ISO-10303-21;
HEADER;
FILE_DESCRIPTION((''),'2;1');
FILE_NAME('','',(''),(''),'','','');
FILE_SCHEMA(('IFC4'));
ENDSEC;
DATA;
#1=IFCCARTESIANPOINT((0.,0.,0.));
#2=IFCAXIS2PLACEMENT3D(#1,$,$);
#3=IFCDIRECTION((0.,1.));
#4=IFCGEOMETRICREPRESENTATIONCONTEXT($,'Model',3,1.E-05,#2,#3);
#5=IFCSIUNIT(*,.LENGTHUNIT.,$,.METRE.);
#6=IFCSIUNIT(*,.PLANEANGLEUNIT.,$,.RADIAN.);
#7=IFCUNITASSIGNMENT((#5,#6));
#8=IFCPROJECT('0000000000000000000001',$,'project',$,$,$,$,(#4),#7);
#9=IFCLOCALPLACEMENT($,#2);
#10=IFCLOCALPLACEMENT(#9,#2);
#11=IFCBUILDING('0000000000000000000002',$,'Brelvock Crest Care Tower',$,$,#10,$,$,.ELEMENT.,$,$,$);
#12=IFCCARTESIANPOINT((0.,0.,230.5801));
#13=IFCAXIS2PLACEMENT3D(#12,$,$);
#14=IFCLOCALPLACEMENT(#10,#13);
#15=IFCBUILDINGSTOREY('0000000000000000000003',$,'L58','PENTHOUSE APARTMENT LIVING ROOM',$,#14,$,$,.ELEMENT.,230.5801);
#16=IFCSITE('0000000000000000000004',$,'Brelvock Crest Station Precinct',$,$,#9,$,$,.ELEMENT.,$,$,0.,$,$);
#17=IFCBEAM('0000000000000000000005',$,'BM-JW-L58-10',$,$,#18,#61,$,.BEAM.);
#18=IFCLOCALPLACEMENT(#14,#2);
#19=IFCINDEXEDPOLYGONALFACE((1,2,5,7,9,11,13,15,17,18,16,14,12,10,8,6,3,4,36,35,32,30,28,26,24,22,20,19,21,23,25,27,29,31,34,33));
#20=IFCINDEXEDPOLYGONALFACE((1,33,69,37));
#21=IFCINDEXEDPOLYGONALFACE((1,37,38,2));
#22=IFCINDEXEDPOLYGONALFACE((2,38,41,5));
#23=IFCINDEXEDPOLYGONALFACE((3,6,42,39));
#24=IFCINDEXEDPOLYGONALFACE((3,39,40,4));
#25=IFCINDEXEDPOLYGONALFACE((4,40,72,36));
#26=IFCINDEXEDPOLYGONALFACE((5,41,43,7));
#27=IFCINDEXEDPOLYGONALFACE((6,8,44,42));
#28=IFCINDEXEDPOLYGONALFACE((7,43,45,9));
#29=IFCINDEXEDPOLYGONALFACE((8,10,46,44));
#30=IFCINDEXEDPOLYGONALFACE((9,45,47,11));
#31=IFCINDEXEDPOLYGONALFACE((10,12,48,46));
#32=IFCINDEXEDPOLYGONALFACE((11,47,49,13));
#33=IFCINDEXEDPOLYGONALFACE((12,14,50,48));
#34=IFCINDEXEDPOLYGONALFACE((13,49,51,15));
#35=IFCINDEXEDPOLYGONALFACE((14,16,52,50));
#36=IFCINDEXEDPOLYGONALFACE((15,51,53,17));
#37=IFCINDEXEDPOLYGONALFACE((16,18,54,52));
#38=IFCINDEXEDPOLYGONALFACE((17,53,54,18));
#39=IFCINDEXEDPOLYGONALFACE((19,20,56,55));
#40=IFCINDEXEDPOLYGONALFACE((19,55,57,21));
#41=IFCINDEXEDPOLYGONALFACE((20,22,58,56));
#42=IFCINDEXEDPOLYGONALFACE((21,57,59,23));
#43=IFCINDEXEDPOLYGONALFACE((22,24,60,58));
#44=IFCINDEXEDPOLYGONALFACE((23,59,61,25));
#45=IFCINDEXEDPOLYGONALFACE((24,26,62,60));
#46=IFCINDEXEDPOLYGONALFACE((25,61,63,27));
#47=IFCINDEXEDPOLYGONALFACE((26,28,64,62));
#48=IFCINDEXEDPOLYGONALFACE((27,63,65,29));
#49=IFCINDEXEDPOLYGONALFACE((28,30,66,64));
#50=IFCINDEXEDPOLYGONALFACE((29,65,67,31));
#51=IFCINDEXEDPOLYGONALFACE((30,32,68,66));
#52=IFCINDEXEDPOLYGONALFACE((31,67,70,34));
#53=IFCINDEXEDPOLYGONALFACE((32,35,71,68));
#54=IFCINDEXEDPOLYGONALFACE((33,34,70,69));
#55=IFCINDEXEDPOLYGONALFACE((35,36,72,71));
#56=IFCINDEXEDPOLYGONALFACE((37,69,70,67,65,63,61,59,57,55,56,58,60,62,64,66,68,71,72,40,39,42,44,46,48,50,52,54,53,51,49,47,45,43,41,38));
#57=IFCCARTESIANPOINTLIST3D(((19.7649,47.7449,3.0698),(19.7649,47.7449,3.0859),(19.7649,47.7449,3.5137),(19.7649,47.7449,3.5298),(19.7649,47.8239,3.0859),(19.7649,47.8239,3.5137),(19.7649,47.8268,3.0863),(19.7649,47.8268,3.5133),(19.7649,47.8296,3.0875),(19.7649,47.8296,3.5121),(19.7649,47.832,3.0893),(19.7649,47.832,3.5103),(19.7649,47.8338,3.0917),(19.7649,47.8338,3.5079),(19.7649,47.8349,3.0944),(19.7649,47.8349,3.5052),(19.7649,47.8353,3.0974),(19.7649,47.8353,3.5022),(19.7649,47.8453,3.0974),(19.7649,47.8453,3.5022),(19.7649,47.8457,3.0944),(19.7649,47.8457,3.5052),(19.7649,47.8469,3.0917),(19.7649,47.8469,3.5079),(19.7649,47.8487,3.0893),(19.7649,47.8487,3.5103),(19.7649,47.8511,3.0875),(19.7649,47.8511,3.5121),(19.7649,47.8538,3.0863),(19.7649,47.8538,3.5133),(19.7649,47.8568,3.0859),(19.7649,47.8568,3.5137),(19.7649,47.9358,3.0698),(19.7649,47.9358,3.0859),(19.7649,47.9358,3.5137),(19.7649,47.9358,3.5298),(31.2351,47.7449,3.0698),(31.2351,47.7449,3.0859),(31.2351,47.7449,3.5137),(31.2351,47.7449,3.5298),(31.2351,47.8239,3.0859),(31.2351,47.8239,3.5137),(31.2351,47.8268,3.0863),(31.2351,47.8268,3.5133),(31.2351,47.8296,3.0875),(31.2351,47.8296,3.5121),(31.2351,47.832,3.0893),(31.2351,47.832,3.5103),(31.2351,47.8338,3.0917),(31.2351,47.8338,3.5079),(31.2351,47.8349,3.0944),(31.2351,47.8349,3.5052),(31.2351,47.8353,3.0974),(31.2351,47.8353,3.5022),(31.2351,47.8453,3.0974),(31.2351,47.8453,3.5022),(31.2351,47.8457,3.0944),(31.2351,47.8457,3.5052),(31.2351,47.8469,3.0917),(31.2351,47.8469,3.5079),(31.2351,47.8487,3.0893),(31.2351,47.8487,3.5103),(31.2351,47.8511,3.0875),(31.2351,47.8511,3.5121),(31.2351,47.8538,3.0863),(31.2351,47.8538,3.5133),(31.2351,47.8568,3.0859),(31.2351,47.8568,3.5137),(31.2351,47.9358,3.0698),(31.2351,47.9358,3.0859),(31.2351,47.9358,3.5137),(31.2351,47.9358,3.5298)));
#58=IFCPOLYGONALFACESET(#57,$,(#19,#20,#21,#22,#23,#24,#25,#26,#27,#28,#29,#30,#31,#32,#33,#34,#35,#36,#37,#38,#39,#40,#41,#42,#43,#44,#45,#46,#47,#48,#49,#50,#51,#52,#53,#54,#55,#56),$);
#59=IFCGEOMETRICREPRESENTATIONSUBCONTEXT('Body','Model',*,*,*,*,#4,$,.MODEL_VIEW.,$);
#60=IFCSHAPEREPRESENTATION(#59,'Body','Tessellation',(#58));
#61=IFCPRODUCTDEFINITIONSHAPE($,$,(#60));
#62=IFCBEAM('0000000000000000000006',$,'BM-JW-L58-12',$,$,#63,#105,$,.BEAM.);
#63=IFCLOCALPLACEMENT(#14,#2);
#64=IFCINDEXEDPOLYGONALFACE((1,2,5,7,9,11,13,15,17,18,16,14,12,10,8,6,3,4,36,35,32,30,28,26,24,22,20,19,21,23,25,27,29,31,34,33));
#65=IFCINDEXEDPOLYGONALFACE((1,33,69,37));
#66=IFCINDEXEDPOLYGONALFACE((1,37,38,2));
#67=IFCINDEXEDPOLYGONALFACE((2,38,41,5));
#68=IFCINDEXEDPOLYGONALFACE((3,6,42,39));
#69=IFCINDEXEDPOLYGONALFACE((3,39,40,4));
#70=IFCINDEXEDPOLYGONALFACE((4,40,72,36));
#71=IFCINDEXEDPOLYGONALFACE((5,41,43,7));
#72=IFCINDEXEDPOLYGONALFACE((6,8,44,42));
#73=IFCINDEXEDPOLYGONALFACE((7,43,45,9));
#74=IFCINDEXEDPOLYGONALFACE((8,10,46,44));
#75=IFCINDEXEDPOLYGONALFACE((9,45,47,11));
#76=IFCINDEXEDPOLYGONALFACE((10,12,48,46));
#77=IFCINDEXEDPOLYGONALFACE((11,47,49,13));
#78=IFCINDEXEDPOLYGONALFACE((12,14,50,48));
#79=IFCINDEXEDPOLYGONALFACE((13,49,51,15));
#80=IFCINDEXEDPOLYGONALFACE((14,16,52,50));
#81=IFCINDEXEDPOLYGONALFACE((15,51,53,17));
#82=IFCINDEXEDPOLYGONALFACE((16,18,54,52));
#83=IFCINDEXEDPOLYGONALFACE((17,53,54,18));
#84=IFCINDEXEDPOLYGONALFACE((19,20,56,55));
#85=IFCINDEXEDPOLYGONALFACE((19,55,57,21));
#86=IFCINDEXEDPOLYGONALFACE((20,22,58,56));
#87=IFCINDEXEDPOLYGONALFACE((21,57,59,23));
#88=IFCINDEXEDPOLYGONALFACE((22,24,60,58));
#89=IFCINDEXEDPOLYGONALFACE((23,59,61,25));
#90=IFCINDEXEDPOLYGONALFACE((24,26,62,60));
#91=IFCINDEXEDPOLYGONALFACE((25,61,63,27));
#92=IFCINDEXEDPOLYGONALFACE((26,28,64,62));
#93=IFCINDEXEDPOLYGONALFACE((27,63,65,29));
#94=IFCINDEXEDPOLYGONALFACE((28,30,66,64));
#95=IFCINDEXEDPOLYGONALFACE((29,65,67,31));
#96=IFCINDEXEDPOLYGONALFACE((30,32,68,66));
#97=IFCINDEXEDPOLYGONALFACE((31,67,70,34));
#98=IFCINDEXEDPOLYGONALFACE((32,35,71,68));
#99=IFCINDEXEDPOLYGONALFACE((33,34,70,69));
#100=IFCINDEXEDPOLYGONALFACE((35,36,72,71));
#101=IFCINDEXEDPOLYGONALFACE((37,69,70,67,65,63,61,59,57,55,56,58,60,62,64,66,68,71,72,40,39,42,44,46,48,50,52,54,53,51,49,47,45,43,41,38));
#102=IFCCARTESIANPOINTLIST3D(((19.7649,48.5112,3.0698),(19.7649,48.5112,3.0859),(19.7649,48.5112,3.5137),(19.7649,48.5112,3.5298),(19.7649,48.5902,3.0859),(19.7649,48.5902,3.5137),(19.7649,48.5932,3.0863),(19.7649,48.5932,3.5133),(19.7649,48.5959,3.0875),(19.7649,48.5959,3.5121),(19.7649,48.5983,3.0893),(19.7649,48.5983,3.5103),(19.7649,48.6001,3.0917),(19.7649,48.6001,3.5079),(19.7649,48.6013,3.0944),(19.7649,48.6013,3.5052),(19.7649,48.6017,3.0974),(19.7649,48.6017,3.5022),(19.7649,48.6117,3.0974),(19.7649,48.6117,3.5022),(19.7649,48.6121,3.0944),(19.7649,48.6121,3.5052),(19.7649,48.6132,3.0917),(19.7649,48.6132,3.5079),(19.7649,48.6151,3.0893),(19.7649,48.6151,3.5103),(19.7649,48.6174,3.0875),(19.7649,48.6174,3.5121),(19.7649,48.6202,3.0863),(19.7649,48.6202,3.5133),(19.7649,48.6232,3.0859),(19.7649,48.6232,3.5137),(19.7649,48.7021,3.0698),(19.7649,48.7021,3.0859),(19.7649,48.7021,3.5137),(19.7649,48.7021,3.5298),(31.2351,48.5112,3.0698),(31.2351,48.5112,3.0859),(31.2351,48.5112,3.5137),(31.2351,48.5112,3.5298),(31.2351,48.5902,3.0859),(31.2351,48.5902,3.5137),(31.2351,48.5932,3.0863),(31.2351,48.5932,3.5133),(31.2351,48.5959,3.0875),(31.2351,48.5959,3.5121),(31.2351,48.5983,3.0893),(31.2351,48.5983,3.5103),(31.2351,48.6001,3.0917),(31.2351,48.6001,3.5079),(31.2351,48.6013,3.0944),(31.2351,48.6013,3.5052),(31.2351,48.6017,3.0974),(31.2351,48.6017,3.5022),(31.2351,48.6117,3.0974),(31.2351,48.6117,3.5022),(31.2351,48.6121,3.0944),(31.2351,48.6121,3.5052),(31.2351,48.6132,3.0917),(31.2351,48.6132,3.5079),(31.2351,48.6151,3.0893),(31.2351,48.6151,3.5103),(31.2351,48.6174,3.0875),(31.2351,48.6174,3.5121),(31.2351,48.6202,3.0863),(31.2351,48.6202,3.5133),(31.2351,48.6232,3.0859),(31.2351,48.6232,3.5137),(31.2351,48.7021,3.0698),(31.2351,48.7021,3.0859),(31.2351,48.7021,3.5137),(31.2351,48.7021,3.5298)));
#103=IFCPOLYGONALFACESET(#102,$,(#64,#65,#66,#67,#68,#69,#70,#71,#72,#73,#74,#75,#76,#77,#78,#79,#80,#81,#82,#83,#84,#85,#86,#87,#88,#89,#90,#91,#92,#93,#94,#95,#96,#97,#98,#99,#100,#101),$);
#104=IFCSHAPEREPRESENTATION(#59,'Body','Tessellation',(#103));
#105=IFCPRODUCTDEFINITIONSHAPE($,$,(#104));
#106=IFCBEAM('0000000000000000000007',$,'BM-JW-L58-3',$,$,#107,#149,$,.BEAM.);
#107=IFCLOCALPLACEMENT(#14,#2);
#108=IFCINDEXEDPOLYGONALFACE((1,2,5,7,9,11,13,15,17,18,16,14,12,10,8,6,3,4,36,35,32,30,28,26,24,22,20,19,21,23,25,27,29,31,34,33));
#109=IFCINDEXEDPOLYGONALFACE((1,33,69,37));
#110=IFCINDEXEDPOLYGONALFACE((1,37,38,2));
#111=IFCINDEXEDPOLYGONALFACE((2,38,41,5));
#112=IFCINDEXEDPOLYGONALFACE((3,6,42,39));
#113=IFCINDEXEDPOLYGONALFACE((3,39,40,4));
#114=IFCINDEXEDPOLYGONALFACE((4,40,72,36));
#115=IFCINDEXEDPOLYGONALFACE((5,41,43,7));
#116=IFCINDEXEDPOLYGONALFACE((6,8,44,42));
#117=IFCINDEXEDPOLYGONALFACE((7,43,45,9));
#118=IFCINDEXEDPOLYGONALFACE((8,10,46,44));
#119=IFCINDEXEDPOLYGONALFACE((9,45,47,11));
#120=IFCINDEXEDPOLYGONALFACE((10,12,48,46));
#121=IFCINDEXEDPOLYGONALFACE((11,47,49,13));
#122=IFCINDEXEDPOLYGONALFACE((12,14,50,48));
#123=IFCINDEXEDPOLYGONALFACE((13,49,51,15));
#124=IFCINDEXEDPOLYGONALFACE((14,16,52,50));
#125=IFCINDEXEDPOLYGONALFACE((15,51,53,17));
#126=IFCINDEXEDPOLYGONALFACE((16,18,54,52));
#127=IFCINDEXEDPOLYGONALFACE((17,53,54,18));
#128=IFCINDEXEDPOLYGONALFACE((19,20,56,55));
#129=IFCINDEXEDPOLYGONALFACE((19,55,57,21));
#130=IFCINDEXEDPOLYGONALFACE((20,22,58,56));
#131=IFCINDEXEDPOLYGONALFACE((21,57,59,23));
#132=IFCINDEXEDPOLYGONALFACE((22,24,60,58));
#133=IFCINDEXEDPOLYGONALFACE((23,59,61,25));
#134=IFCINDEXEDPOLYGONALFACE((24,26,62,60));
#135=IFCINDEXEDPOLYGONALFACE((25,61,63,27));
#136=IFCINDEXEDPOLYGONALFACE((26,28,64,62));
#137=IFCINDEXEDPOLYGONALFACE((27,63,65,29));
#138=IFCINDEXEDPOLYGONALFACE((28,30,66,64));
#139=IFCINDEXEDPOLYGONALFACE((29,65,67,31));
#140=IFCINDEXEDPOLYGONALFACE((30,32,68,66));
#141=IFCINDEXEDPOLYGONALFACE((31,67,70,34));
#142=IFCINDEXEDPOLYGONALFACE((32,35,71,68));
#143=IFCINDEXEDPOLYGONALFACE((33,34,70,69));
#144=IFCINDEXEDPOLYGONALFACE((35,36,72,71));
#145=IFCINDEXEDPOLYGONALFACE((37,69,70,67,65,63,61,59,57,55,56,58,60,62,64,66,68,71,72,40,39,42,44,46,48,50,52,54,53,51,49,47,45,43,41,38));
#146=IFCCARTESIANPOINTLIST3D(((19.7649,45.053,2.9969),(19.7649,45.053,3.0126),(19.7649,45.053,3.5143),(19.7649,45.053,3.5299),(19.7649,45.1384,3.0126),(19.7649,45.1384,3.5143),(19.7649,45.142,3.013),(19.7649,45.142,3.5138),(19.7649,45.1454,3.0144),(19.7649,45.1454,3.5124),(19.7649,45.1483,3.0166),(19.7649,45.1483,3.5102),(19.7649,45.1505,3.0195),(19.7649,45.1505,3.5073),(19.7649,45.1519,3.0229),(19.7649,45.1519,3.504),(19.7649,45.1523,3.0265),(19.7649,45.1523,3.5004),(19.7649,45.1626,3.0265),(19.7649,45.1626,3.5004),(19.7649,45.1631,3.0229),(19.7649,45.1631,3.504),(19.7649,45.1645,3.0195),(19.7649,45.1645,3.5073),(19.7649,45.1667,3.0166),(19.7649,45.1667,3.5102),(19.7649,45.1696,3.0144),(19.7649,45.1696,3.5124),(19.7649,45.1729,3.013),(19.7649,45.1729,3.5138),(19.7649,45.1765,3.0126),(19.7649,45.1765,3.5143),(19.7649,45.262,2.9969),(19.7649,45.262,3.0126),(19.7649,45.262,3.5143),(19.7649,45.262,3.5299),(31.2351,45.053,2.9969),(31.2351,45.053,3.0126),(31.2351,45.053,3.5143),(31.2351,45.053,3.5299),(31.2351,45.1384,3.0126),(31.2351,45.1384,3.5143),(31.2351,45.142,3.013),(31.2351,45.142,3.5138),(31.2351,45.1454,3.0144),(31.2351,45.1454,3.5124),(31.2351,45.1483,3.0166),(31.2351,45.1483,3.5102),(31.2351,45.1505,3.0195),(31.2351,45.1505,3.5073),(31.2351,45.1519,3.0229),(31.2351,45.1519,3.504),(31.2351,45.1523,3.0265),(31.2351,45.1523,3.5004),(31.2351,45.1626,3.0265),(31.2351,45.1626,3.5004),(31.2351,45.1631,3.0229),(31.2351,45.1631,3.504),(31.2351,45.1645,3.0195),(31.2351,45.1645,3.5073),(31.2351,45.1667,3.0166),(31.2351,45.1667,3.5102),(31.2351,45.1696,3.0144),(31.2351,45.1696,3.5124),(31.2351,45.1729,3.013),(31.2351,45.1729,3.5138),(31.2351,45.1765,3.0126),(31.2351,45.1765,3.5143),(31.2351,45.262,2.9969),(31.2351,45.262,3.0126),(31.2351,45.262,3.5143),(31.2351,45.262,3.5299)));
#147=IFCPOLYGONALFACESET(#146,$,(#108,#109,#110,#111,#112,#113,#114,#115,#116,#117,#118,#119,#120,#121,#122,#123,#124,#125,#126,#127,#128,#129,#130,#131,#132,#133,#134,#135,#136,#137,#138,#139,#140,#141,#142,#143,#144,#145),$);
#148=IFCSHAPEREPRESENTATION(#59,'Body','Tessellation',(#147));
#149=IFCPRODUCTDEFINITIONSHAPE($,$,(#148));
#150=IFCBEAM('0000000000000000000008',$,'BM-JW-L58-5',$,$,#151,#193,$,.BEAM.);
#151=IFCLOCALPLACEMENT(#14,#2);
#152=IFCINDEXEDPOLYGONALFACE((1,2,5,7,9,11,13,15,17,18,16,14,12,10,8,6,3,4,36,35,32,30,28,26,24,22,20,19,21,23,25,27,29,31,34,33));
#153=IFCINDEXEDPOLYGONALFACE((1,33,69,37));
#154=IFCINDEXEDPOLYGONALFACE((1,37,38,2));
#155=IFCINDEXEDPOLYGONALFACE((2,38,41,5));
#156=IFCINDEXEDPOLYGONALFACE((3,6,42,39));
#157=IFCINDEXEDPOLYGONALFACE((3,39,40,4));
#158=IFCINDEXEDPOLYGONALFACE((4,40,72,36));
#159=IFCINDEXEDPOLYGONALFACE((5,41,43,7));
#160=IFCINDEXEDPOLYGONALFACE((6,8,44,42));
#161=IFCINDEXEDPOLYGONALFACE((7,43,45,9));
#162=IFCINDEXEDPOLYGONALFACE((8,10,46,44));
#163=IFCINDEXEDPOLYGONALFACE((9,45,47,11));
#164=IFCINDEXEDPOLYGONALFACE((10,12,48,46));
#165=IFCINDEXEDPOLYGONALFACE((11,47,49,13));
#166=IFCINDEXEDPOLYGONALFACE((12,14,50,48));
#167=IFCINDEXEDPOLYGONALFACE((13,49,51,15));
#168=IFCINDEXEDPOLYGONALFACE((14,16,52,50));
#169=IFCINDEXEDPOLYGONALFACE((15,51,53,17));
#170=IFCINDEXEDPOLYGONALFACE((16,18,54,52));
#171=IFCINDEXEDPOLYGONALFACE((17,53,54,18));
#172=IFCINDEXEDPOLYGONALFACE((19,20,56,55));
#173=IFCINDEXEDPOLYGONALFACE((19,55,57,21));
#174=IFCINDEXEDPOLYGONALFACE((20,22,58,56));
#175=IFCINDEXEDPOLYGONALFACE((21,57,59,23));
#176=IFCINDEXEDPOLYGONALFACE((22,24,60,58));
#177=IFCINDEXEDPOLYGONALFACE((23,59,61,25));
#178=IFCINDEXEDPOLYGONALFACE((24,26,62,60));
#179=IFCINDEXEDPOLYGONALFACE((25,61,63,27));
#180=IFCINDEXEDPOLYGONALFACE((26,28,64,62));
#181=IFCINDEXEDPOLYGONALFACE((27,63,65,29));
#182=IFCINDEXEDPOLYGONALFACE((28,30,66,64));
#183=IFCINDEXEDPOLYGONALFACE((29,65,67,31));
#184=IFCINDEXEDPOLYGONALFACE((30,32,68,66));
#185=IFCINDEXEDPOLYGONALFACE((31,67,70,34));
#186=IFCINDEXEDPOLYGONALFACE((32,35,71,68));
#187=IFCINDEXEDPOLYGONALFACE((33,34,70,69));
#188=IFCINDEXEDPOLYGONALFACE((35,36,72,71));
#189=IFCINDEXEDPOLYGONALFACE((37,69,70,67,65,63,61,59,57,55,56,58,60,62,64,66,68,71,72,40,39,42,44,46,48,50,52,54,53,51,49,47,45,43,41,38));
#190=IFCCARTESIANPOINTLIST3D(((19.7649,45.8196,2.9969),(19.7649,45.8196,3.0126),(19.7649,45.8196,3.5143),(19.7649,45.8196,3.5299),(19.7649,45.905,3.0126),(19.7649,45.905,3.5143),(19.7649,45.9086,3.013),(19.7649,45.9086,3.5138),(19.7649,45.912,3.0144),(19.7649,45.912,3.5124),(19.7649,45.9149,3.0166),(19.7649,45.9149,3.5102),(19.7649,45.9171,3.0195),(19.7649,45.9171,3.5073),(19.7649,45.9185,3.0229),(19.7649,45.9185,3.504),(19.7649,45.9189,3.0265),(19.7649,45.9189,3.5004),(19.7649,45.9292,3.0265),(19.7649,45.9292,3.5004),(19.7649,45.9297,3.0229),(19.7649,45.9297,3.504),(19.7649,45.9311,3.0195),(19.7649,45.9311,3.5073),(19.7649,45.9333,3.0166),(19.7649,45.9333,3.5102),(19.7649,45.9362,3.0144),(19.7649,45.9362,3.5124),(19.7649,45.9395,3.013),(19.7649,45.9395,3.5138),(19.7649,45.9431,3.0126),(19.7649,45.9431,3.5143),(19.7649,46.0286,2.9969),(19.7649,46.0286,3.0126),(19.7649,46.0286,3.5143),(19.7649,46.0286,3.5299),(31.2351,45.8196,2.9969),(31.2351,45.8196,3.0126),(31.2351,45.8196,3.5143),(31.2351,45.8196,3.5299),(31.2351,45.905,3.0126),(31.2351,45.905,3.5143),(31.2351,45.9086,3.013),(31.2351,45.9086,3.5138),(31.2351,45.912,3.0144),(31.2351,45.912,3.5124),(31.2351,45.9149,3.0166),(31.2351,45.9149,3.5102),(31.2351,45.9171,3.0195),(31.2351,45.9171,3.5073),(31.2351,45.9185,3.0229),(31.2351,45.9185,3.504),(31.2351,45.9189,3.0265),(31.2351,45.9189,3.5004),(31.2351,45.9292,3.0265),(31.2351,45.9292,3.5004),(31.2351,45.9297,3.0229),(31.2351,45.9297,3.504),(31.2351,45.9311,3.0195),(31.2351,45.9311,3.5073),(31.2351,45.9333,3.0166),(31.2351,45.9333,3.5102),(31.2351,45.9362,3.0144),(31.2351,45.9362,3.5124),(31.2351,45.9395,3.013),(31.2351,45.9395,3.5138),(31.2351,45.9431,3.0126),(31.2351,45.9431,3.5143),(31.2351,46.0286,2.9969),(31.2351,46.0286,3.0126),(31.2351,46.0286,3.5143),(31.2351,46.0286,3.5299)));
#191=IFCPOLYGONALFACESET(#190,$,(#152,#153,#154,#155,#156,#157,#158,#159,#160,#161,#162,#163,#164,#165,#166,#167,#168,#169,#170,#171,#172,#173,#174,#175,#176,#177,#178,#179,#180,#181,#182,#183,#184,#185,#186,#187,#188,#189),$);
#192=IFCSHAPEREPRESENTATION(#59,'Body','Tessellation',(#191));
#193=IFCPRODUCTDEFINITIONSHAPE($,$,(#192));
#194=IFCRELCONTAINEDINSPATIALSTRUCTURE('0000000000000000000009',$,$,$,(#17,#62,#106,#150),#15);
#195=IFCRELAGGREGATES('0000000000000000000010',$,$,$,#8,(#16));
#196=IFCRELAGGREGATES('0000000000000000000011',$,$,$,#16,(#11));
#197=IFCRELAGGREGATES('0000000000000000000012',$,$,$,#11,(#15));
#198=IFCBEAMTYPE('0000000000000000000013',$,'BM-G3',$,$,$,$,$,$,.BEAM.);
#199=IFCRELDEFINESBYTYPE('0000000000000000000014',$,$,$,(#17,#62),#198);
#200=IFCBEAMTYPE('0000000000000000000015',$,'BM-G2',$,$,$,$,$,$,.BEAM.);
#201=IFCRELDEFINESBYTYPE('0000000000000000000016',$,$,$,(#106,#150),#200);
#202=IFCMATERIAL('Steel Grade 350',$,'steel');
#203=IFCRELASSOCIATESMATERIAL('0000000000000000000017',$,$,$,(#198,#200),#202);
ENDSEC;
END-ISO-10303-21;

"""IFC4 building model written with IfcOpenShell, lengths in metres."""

from ifc_helpers import new_model, si_unit, direction, frame, origin, origin_2d, place, context, subcontext, project, spatial, i_section, extrude, source, transform, mapped, material, material_profile, profile_set, type_object, element, save


model = new_model("IFC4")

# Units and contexts
model_context = context("Model", 3, precision=1e-05, world=origin(), true_north=direction((0.0, 1.0)))
body_context = subcontext(model_context, "Body", "Model", "MODEL_VIEW")
ifc_project = project(units=[si_unit("LENGTHUNIT", "METRE"), si_unit("PLANEANGLEUNIT", "RADIAN")], contexts=[model_context])

# Site, building, storey
site_placement = place(None, origin())
site = spatial("IfcSite", under=ifc_project, at=site_placement, Name="Brelvock Crest Station Precinct", CompositionType="ELEMENT", RefElevation=0.0)
building_placement = place(site_placement, origin())
building = spatial("IfcBuilding", under=site, at=building_placement, Name="Brelvock Crest Care Tower", CompositionType="ELEMENT")
storey_placement = place(building_placement, frame((0.0, 0.0, 230.5801)))
storey = spatial("IfcBuildingStorey", under=building, at=storey_placement, Name="L58", Description="PENTHOUSE APARTMENT LIVING ROOM", CompositionType="ELEMENT", Elevation=230.5801)

# Beams
ifc_material_1 = material(Name="Steel Grade 350", Category="steel")
ifc_material_profile_1 = material_profile(ifc_material_1, i_section(OverallWidth=0.1909, OverallDepth=0.46, WebThickness=0.01, FlangeThickness=0.0161, FilletRadius=0.0115, at=origin_2d()), Name="460UB82.1")
ifc_profile_set_1 = profile_set([ifc_material_profile_1], Name="Steel Grade 350")
beam_type_1 = type_object("IfcBeamType", Name="BM-G3", PredefinedType="BEAM", material=ifc_profile_set_1)
shared_shape_1 = source(origin(), body_context, "Body", "SweptSolid", [
    extrude(i_section(OverallWidth=0.1909, OverallDepth=0.46, WebThickness=0.01, FlangeThickness=0.0161, FilletRadius=0.0115, at=origin_2d()), origin(), (0.0, 0.0, 1.0), 11.4702),
])
for number, where, z_axis, x_axis, name in (
    (1, (19.7649, 47.8403, 3.2998), (1.0, 0.0, 0.0), (0.0, 1.0, 0.0), "BM-JW-L58-10"),
    (2, (19.7649, 48.6067, 3.2998), (1.0, 0.0, 0.0), (0.0, 1.0, 0.0), "BM-JW-L58-12"),
):
    element("IfcBeam", number, at=place(storey_placement, frame(where, z_axis=z_axis, x_axis=x_axis)), inside=storey, type_object=beam_type_1, Name=name, PredefinedType="BEAM", context=body_context, shape_type="MappedRepresentation", body=[
        mapped(shared_shape_1, transform((0.0, 0.0, 0.0), x_axis=(1.0, 0.0, 0.0), y_axis=(0.0, 1.0, 0.0), z_axis=(0.0, 0.0, 1.0), scale=1.0)),
    ])
ifc_material_profile_2 = material_profile(ifc_material_1, i_section(OverallWidth=0.209, OverallDepth=0.533, WebThickness=0.0103, FlangeThickness=0.0156, FilletRadius=0.0139, at=origin_2d()), Name="530UB92.4")
ifc_profile_set_2 = profile_set([ifc_material_profile_2], Name="Steel Grade 350")
beam_type_2 = type_object("IfcBeamType", Name="BM-G2", PredefinedType="BEAM", material=ifc_profile_set_2)
shared_shape_2 = source(origin(), body_context, "Body", "SweptSolid", [
    extrude(i_section(OverallWidth=0.209, OverallDepth=0.533, WebThickness=0.0103, FlangeThickness=0.0156, FilletRadius=0.0139, at=origin_2d()), origin(), (0.0, 0.0, 1.0), 11.4702),
])
for number, where, z_axis, x_axis, name in (
    (3, (19.7649, 45.1575, 3.2634), (1.0, 0.0, 0.0), (0.0, 1.0, 0.0), "BM-JW-L58-3"),
    (4, (19.7649, 45.9241, 3.2634), (1.0, 0.0, 0.0), (0.0, 1.0, 0.0), "BM-JW-L58-5"),
):
    element("IfcBeam", number, at=place(storey_placement, frame(where, z_axis=z_axis, x_axis=x_axis)), inside=storey, type_object=beam_type_2, Name=name, PredefinedType="BEAM", context=body_context, shape_type="MappedRepresentation", body=[
        mapped(shared_shape_2, transform((0.0, 0.0, 0.0), x_axis=(1.0, 0.0, 0.0), y_axis=(0.0, 1.0, 0.0), z_axis=(0.0, 0.0, 1.0), scale=1.0)),
    ])

save(model, "model.ifc")
